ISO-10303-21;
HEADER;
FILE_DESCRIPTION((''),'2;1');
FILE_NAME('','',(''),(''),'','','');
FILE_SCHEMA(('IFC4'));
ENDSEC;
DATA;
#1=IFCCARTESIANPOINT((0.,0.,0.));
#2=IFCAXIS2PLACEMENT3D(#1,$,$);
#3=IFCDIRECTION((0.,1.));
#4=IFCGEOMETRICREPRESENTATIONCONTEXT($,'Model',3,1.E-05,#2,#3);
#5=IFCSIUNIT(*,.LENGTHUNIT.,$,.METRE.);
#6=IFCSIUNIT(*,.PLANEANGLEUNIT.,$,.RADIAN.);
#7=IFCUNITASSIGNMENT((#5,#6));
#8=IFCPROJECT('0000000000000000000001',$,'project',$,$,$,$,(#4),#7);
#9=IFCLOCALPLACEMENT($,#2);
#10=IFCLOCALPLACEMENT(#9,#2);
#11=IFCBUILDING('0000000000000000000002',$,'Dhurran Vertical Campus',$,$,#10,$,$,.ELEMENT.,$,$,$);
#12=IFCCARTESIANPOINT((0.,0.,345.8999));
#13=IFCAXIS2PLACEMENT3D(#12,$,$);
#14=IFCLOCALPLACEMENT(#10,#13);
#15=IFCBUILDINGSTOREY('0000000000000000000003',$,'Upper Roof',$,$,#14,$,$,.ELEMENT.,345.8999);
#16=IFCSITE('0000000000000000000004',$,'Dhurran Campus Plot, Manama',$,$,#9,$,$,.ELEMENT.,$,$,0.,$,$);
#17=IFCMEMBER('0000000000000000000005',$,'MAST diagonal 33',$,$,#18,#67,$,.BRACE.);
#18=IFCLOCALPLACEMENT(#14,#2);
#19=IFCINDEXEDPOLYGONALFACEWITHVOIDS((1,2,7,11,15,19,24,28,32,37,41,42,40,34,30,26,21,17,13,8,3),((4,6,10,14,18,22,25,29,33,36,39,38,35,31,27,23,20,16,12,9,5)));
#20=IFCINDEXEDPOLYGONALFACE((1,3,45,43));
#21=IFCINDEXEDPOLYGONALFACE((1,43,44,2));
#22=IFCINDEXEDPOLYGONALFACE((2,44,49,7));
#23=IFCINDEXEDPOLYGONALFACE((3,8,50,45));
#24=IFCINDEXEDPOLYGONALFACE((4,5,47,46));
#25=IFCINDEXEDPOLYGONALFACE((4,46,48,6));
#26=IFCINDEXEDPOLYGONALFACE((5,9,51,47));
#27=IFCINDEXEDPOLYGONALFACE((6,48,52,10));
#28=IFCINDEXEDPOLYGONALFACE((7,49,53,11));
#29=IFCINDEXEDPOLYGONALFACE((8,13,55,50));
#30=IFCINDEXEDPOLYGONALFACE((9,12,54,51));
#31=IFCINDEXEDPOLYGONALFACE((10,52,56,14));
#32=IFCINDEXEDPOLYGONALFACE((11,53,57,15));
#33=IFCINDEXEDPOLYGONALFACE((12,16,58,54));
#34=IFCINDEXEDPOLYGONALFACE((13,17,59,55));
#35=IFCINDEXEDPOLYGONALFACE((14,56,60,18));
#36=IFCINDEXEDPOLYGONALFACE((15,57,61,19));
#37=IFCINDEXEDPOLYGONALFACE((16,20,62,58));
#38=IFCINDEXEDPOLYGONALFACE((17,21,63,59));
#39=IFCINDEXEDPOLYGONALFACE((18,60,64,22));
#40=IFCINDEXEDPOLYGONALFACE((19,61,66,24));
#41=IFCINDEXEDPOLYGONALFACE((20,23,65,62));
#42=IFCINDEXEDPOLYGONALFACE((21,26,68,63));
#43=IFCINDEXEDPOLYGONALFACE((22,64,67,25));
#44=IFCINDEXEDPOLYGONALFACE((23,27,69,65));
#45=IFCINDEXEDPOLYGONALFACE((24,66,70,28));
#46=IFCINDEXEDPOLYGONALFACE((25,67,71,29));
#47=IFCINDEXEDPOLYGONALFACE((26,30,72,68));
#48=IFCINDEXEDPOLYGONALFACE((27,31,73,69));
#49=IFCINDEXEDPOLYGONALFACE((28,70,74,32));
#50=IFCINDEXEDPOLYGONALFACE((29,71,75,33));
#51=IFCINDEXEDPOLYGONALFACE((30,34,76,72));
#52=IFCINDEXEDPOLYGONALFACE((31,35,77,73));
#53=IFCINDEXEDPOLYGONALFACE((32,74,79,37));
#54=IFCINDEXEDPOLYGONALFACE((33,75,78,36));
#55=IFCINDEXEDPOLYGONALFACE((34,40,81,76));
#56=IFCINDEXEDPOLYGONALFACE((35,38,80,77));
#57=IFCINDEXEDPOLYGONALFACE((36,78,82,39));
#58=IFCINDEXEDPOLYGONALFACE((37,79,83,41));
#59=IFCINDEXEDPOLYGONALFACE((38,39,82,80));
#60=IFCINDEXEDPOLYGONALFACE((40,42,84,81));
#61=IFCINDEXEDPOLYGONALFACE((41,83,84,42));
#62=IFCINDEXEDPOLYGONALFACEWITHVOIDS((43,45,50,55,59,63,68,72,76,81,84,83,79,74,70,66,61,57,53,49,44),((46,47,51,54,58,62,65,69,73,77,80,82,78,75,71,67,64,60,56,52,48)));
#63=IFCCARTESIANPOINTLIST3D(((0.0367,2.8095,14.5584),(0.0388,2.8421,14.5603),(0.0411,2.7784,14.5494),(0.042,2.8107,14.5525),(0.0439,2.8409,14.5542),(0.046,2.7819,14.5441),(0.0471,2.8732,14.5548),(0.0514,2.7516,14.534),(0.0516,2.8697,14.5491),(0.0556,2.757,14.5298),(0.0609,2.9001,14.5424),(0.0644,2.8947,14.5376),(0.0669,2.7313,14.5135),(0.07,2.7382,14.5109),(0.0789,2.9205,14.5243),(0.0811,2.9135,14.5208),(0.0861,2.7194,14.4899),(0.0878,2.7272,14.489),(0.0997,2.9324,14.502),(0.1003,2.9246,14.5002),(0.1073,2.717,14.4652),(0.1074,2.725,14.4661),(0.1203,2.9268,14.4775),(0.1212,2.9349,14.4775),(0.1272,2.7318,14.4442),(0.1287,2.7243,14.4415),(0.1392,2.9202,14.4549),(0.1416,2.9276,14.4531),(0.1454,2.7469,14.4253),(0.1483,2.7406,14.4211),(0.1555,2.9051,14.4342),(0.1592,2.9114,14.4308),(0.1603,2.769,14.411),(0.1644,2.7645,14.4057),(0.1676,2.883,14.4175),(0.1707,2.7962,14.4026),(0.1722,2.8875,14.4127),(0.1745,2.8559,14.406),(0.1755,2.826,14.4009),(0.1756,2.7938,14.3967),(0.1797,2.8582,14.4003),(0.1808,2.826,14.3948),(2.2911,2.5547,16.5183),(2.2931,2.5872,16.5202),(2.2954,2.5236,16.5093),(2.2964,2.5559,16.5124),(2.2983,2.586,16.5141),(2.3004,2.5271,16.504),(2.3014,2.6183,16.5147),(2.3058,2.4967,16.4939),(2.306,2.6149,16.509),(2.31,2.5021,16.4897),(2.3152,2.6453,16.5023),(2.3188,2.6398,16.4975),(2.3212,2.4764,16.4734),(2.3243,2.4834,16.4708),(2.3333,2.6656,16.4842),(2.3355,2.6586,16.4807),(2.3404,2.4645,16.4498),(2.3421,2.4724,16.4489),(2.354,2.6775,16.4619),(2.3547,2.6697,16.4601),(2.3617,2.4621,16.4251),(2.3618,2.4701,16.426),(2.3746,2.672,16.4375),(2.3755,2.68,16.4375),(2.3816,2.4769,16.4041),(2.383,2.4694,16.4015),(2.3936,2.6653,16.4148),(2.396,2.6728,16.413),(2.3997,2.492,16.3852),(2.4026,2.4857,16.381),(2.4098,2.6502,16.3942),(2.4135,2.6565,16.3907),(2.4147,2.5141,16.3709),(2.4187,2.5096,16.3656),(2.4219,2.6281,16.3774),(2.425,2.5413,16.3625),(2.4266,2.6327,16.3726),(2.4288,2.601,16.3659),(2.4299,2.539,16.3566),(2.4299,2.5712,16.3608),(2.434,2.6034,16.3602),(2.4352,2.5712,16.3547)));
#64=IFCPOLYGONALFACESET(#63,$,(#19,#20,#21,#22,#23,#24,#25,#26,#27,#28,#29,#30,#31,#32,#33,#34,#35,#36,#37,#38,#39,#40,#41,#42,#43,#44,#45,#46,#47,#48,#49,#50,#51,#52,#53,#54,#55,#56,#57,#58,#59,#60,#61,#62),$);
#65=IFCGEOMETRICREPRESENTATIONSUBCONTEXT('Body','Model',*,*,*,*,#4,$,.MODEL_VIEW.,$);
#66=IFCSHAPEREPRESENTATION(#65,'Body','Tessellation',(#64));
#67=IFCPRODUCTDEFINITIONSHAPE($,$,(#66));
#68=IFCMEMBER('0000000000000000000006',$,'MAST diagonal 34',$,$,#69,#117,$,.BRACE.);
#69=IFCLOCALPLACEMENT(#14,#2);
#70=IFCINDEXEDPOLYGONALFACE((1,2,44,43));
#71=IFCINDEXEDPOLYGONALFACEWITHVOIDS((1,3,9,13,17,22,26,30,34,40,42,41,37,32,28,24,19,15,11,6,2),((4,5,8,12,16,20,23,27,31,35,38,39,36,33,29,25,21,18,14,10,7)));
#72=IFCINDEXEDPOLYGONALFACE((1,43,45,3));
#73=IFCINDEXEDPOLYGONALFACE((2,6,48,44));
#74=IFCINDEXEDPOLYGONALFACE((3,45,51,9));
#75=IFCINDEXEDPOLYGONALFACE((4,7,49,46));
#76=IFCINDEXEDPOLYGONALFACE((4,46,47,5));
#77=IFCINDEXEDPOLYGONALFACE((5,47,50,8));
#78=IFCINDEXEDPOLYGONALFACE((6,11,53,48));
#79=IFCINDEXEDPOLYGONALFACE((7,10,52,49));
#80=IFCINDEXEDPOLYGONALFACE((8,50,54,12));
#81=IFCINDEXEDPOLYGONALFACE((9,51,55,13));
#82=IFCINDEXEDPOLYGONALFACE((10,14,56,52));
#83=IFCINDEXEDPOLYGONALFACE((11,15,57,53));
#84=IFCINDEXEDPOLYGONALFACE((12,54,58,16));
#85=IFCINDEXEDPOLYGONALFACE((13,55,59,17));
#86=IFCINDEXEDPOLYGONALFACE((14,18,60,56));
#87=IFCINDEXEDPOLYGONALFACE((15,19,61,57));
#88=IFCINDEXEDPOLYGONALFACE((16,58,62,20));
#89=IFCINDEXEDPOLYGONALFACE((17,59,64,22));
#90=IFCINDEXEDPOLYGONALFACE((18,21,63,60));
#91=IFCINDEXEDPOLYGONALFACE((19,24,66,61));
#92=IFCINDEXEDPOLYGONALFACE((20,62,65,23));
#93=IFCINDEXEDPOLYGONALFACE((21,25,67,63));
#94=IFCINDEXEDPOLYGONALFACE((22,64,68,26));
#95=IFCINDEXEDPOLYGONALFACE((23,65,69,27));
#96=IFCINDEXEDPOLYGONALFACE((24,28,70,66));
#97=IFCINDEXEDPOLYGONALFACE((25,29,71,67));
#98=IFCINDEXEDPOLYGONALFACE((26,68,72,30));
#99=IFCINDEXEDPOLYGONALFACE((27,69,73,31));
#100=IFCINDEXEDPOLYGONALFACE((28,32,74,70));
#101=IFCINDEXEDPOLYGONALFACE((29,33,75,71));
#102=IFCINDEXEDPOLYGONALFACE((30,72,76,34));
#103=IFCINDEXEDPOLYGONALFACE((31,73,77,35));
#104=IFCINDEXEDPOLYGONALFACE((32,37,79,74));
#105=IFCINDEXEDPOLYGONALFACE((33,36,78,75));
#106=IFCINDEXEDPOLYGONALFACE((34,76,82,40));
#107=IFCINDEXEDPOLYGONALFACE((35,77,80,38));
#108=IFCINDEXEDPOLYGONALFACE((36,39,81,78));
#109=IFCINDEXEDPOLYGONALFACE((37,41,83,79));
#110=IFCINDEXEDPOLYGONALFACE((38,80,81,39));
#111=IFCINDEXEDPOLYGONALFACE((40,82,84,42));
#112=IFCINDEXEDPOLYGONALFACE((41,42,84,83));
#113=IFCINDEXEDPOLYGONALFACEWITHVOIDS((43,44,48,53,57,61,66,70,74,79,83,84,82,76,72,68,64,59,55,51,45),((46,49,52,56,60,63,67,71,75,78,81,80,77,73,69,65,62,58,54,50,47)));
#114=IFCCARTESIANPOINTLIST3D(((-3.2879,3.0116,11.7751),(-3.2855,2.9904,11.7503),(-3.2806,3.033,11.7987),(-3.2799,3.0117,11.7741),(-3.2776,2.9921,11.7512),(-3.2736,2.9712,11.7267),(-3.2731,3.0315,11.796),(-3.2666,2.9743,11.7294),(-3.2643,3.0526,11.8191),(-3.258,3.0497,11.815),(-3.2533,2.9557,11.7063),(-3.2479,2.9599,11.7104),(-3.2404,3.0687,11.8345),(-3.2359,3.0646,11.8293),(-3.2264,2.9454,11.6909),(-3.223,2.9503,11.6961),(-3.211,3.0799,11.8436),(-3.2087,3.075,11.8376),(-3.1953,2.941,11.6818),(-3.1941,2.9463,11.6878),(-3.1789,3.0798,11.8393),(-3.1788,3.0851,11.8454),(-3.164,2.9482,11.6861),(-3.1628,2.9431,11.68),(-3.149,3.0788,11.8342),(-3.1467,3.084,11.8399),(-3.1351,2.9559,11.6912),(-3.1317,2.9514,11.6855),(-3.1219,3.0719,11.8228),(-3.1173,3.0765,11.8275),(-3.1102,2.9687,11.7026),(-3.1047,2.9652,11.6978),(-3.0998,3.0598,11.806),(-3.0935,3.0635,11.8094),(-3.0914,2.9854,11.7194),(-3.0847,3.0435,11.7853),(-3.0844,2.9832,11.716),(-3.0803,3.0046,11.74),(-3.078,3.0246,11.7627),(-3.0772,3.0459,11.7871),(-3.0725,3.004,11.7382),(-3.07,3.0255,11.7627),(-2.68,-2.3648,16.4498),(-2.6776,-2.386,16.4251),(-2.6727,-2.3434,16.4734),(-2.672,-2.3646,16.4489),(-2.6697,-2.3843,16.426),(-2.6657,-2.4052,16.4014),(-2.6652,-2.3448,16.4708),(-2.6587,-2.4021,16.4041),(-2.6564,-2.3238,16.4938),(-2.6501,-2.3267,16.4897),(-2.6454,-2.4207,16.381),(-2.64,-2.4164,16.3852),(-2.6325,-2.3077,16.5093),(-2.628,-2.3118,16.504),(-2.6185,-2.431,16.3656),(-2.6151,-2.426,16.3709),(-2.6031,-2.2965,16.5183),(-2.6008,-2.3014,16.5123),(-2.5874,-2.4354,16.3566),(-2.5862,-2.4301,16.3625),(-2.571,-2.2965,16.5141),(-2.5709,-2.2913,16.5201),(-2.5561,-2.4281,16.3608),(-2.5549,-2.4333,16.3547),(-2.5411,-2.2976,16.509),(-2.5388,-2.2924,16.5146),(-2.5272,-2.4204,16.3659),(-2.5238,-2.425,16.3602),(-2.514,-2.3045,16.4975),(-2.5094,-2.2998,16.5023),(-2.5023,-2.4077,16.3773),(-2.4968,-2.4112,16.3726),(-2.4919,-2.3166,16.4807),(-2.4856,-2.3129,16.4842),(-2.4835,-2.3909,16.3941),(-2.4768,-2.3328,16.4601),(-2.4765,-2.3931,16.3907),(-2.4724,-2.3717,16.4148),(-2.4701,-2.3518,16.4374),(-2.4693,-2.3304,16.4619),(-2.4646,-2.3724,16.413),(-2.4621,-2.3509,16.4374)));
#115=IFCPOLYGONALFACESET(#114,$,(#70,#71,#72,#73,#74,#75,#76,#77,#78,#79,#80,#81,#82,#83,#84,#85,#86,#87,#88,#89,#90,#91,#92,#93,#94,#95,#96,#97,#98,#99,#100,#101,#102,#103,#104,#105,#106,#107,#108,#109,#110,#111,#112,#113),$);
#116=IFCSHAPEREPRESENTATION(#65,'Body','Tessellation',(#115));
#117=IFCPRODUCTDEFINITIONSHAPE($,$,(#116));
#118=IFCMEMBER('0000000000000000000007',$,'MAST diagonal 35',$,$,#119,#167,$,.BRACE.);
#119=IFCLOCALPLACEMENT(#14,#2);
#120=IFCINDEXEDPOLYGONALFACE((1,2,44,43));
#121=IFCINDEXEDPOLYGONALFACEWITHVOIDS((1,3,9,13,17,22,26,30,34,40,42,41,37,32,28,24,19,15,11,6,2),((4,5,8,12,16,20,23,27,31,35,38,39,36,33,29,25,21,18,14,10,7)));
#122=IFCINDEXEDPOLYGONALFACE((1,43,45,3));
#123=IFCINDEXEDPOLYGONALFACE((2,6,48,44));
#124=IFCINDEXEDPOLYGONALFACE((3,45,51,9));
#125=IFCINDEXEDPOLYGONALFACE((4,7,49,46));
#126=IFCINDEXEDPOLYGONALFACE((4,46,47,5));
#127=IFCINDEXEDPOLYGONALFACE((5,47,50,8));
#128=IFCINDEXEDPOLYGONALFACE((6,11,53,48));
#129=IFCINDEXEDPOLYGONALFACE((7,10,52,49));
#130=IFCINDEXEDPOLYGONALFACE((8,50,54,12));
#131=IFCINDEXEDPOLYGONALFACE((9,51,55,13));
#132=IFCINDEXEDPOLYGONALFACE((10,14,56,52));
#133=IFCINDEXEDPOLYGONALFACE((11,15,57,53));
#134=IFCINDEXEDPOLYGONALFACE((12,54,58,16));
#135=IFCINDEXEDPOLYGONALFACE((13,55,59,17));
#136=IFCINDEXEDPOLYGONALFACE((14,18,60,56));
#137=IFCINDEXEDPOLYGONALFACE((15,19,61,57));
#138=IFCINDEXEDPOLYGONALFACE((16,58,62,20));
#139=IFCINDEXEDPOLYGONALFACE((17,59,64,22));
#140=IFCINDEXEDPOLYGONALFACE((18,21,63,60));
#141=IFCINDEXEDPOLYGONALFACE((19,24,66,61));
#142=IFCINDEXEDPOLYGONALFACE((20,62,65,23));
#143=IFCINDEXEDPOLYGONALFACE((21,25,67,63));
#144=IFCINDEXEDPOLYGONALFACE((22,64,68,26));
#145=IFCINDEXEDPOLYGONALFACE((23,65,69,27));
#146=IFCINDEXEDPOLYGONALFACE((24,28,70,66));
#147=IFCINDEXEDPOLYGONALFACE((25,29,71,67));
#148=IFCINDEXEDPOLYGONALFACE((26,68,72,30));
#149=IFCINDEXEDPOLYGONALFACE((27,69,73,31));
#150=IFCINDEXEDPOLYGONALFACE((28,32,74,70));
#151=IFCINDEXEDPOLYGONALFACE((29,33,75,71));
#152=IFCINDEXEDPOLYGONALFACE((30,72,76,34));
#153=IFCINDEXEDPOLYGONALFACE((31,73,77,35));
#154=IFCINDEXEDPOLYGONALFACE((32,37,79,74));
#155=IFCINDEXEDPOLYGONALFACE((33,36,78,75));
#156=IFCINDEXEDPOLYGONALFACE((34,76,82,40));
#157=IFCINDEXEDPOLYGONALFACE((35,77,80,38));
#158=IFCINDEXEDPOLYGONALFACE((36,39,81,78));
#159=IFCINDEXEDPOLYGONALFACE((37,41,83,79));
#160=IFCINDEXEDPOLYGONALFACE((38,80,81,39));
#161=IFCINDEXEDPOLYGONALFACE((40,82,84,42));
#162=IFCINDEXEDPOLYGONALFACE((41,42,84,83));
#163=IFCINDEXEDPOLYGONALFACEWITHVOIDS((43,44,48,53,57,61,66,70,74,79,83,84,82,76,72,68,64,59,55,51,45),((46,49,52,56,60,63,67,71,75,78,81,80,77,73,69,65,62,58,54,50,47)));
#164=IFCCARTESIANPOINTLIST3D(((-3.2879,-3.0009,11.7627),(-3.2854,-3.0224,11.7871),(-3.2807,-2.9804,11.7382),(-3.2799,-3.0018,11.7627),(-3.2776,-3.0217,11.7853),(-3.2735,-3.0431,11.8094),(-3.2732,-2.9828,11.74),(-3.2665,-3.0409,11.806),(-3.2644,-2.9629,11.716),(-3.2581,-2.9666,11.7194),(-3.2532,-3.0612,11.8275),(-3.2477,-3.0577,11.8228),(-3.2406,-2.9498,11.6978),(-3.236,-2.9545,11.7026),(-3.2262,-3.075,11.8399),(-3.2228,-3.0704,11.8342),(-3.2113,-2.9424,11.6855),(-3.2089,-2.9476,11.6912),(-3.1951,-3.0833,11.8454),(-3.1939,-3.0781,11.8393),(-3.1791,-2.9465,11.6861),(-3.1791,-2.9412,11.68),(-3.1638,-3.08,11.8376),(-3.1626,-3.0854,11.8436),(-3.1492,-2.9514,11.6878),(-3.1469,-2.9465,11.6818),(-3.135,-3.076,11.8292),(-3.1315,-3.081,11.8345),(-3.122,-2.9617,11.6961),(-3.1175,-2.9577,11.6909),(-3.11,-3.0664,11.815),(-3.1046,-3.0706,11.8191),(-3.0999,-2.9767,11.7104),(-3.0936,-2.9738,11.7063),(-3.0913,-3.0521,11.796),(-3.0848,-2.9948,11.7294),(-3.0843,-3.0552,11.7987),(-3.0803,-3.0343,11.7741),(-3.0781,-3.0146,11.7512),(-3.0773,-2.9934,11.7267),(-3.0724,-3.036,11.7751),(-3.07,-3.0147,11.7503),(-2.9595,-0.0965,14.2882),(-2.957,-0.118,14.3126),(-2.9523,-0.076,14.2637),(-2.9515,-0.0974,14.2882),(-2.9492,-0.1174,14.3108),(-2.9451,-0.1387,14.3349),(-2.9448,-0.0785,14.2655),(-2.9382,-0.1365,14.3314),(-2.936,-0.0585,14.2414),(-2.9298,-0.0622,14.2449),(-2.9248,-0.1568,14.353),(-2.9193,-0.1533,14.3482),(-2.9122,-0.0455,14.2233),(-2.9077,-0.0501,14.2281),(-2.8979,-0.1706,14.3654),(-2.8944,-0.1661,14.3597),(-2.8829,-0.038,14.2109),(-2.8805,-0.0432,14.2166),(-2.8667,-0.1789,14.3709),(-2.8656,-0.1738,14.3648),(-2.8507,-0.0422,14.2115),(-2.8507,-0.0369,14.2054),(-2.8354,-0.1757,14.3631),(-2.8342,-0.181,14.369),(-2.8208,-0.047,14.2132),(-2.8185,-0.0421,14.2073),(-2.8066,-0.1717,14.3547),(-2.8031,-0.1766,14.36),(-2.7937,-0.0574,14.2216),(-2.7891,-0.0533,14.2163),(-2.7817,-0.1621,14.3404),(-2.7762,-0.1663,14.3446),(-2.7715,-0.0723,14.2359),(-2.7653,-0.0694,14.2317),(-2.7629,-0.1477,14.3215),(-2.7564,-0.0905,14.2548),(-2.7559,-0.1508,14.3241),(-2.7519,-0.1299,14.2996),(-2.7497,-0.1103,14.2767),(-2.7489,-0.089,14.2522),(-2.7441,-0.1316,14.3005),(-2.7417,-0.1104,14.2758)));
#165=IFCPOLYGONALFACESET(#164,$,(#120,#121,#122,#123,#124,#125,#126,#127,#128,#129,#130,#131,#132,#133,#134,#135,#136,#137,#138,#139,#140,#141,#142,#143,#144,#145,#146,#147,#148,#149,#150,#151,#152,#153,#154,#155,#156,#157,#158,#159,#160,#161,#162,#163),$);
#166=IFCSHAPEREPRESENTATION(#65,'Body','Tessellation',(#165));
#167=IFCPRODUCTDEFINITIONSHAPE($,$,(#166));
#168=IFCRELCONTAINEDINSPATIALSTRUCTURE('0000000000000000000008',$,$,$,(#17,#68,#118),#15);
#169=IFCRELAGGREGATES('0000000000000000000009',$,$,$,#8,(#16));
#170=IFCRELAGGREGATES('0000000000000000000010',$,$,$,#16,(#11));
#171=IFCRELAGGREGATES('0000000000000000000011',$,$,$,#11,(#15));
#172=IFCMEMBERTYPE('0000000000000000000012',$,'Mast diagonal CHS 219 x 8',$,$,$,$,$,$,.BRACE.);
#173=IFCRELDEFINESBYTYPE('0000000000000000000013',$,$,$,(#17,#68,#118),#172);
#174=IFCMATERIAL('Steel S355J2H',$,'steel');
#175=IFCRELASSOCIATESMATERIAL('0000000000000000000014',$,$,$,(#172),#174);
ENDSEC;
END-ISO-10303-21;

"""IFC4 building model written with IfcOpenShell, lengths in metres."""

from ifc_helpers import new_model, si_unit, direction, frame, origin, origin_2d, place, context, subcontext, project, spatial, hollow_circle, extrude, material, material_profile, profile_set, type_object, element, save


model = new_model("IFC4")

# Units and contexts
model_context = context("Model", 3, precision=1e-05, world=origin(), true_north=direction((0.0, 1.0)))
body_context = subcontext(model_context, "Body", "Model", "MODEL_VIEW")
ifc_project = project(units=[si_unit("LENGTHUNIT", "METRE"), si_unit("PLANEANGLEUNIT", "RADIAN")], contexts=[model_context])

# Site, building, storey
site_placement = place(None, origin())
site = spatial("IfcSite", under=ifc_project, at=site_placement, Name="Dhurran Campus Plot, Manama", CompositionType="ELEMENT", RefElevation=0.0)
building_placement = place(site_placement, origin())
building = spatial("IfcBuilding", under=site, at=building_placement, Name="Dhurran Vertical Campus", CompositionType="ELEMENT")
storey_placement = place(building_placement, frame((0.0, 0.0, 345.8999)))
storey = spatial("IfcBuildingStorey", under=building, at=storey_placement, Name="Upper Roof", CompositionType="ELEMENT", Elevation=345.8999)

# Members
ifc_material_1 = material(Name="Steel S355J2H", Category="steel")
ifc_material_profile_1 = material_profile(ifc_material_1, hollow_circle(Radius=0.1096, WallThickness=0.0081, at=origin_2d()), Name="CHS219x8")
ifc_profile_set_1 = profile_set([ifc_material_profile_1], Name="Steel S355J2H")
member_type_1 = type_object("IfcMemberType", Name="Mast diagonal CHS 219 x 8", PredefinedType="BRACE", material=ifc_profile_set_1)
member_1_placement = place(storey_placement, frame((0.1089, 2.8259, 14.4775), z_axis=(0.751937, -0.085014, 0.653731), x_axis=(0.112345, 0.993669, 0.0)))
element("IfcMember", 1, at=member_1_placement, inside=storey, type_object=member_type_1, Name="MAST diagonal 33", PredefinedType="BRACE", context=body_context, shape_type="SweptSolid", body=[
    extrude(hollow_circle(Radius=0.1096, WallThickness=0.0081, at=origin_2d()), origin(), (0.0, 0.0, 1.0), 2.998),
])
member_2_placement = place(storey_placement, frame((-3.179, 3.0132, 11.7627), z_axis=(0.085016, -0.7519, 0.653773), x_axis=(0.993668, 0.112353, 0.0)))
element("IfcMember", 2, at=member_2_placement, inside=storey, type_object=member_type_1, Name="MAST diagonal 34", PredefinedType="BRACE", context=body_context, shape_type="SweptSolid", body=[
    extrude(hollow_circle(Radius=0.1096, WallThickness=0.0081, at=origin_2d()), origin(), (0.0, 0.0, 1.0), 7.1504),
])
member_3_placement = place(storey_placement, frame((-3.179, -3.0132, 11.7627), z_axis=(0.085011, 0.751885, 0.653791), x_axis=(-0.993669, 0.112347, 0.0)))
element("IfcMember", 3, at=member_3_placement, inside=storey, type_object=member_type_1, Name="MAST diagonal 35", PredefinedType="BRACE", context=body_context, shape_type="SweptSolid", body=[
    extrude(hollow_circle(Radius=0.1096, WallThickness=0.0081, at=origin_2d()), origin(), (0.0, 0.0, 1.0), 3.8628),
])

save(model, "model.ifc")
